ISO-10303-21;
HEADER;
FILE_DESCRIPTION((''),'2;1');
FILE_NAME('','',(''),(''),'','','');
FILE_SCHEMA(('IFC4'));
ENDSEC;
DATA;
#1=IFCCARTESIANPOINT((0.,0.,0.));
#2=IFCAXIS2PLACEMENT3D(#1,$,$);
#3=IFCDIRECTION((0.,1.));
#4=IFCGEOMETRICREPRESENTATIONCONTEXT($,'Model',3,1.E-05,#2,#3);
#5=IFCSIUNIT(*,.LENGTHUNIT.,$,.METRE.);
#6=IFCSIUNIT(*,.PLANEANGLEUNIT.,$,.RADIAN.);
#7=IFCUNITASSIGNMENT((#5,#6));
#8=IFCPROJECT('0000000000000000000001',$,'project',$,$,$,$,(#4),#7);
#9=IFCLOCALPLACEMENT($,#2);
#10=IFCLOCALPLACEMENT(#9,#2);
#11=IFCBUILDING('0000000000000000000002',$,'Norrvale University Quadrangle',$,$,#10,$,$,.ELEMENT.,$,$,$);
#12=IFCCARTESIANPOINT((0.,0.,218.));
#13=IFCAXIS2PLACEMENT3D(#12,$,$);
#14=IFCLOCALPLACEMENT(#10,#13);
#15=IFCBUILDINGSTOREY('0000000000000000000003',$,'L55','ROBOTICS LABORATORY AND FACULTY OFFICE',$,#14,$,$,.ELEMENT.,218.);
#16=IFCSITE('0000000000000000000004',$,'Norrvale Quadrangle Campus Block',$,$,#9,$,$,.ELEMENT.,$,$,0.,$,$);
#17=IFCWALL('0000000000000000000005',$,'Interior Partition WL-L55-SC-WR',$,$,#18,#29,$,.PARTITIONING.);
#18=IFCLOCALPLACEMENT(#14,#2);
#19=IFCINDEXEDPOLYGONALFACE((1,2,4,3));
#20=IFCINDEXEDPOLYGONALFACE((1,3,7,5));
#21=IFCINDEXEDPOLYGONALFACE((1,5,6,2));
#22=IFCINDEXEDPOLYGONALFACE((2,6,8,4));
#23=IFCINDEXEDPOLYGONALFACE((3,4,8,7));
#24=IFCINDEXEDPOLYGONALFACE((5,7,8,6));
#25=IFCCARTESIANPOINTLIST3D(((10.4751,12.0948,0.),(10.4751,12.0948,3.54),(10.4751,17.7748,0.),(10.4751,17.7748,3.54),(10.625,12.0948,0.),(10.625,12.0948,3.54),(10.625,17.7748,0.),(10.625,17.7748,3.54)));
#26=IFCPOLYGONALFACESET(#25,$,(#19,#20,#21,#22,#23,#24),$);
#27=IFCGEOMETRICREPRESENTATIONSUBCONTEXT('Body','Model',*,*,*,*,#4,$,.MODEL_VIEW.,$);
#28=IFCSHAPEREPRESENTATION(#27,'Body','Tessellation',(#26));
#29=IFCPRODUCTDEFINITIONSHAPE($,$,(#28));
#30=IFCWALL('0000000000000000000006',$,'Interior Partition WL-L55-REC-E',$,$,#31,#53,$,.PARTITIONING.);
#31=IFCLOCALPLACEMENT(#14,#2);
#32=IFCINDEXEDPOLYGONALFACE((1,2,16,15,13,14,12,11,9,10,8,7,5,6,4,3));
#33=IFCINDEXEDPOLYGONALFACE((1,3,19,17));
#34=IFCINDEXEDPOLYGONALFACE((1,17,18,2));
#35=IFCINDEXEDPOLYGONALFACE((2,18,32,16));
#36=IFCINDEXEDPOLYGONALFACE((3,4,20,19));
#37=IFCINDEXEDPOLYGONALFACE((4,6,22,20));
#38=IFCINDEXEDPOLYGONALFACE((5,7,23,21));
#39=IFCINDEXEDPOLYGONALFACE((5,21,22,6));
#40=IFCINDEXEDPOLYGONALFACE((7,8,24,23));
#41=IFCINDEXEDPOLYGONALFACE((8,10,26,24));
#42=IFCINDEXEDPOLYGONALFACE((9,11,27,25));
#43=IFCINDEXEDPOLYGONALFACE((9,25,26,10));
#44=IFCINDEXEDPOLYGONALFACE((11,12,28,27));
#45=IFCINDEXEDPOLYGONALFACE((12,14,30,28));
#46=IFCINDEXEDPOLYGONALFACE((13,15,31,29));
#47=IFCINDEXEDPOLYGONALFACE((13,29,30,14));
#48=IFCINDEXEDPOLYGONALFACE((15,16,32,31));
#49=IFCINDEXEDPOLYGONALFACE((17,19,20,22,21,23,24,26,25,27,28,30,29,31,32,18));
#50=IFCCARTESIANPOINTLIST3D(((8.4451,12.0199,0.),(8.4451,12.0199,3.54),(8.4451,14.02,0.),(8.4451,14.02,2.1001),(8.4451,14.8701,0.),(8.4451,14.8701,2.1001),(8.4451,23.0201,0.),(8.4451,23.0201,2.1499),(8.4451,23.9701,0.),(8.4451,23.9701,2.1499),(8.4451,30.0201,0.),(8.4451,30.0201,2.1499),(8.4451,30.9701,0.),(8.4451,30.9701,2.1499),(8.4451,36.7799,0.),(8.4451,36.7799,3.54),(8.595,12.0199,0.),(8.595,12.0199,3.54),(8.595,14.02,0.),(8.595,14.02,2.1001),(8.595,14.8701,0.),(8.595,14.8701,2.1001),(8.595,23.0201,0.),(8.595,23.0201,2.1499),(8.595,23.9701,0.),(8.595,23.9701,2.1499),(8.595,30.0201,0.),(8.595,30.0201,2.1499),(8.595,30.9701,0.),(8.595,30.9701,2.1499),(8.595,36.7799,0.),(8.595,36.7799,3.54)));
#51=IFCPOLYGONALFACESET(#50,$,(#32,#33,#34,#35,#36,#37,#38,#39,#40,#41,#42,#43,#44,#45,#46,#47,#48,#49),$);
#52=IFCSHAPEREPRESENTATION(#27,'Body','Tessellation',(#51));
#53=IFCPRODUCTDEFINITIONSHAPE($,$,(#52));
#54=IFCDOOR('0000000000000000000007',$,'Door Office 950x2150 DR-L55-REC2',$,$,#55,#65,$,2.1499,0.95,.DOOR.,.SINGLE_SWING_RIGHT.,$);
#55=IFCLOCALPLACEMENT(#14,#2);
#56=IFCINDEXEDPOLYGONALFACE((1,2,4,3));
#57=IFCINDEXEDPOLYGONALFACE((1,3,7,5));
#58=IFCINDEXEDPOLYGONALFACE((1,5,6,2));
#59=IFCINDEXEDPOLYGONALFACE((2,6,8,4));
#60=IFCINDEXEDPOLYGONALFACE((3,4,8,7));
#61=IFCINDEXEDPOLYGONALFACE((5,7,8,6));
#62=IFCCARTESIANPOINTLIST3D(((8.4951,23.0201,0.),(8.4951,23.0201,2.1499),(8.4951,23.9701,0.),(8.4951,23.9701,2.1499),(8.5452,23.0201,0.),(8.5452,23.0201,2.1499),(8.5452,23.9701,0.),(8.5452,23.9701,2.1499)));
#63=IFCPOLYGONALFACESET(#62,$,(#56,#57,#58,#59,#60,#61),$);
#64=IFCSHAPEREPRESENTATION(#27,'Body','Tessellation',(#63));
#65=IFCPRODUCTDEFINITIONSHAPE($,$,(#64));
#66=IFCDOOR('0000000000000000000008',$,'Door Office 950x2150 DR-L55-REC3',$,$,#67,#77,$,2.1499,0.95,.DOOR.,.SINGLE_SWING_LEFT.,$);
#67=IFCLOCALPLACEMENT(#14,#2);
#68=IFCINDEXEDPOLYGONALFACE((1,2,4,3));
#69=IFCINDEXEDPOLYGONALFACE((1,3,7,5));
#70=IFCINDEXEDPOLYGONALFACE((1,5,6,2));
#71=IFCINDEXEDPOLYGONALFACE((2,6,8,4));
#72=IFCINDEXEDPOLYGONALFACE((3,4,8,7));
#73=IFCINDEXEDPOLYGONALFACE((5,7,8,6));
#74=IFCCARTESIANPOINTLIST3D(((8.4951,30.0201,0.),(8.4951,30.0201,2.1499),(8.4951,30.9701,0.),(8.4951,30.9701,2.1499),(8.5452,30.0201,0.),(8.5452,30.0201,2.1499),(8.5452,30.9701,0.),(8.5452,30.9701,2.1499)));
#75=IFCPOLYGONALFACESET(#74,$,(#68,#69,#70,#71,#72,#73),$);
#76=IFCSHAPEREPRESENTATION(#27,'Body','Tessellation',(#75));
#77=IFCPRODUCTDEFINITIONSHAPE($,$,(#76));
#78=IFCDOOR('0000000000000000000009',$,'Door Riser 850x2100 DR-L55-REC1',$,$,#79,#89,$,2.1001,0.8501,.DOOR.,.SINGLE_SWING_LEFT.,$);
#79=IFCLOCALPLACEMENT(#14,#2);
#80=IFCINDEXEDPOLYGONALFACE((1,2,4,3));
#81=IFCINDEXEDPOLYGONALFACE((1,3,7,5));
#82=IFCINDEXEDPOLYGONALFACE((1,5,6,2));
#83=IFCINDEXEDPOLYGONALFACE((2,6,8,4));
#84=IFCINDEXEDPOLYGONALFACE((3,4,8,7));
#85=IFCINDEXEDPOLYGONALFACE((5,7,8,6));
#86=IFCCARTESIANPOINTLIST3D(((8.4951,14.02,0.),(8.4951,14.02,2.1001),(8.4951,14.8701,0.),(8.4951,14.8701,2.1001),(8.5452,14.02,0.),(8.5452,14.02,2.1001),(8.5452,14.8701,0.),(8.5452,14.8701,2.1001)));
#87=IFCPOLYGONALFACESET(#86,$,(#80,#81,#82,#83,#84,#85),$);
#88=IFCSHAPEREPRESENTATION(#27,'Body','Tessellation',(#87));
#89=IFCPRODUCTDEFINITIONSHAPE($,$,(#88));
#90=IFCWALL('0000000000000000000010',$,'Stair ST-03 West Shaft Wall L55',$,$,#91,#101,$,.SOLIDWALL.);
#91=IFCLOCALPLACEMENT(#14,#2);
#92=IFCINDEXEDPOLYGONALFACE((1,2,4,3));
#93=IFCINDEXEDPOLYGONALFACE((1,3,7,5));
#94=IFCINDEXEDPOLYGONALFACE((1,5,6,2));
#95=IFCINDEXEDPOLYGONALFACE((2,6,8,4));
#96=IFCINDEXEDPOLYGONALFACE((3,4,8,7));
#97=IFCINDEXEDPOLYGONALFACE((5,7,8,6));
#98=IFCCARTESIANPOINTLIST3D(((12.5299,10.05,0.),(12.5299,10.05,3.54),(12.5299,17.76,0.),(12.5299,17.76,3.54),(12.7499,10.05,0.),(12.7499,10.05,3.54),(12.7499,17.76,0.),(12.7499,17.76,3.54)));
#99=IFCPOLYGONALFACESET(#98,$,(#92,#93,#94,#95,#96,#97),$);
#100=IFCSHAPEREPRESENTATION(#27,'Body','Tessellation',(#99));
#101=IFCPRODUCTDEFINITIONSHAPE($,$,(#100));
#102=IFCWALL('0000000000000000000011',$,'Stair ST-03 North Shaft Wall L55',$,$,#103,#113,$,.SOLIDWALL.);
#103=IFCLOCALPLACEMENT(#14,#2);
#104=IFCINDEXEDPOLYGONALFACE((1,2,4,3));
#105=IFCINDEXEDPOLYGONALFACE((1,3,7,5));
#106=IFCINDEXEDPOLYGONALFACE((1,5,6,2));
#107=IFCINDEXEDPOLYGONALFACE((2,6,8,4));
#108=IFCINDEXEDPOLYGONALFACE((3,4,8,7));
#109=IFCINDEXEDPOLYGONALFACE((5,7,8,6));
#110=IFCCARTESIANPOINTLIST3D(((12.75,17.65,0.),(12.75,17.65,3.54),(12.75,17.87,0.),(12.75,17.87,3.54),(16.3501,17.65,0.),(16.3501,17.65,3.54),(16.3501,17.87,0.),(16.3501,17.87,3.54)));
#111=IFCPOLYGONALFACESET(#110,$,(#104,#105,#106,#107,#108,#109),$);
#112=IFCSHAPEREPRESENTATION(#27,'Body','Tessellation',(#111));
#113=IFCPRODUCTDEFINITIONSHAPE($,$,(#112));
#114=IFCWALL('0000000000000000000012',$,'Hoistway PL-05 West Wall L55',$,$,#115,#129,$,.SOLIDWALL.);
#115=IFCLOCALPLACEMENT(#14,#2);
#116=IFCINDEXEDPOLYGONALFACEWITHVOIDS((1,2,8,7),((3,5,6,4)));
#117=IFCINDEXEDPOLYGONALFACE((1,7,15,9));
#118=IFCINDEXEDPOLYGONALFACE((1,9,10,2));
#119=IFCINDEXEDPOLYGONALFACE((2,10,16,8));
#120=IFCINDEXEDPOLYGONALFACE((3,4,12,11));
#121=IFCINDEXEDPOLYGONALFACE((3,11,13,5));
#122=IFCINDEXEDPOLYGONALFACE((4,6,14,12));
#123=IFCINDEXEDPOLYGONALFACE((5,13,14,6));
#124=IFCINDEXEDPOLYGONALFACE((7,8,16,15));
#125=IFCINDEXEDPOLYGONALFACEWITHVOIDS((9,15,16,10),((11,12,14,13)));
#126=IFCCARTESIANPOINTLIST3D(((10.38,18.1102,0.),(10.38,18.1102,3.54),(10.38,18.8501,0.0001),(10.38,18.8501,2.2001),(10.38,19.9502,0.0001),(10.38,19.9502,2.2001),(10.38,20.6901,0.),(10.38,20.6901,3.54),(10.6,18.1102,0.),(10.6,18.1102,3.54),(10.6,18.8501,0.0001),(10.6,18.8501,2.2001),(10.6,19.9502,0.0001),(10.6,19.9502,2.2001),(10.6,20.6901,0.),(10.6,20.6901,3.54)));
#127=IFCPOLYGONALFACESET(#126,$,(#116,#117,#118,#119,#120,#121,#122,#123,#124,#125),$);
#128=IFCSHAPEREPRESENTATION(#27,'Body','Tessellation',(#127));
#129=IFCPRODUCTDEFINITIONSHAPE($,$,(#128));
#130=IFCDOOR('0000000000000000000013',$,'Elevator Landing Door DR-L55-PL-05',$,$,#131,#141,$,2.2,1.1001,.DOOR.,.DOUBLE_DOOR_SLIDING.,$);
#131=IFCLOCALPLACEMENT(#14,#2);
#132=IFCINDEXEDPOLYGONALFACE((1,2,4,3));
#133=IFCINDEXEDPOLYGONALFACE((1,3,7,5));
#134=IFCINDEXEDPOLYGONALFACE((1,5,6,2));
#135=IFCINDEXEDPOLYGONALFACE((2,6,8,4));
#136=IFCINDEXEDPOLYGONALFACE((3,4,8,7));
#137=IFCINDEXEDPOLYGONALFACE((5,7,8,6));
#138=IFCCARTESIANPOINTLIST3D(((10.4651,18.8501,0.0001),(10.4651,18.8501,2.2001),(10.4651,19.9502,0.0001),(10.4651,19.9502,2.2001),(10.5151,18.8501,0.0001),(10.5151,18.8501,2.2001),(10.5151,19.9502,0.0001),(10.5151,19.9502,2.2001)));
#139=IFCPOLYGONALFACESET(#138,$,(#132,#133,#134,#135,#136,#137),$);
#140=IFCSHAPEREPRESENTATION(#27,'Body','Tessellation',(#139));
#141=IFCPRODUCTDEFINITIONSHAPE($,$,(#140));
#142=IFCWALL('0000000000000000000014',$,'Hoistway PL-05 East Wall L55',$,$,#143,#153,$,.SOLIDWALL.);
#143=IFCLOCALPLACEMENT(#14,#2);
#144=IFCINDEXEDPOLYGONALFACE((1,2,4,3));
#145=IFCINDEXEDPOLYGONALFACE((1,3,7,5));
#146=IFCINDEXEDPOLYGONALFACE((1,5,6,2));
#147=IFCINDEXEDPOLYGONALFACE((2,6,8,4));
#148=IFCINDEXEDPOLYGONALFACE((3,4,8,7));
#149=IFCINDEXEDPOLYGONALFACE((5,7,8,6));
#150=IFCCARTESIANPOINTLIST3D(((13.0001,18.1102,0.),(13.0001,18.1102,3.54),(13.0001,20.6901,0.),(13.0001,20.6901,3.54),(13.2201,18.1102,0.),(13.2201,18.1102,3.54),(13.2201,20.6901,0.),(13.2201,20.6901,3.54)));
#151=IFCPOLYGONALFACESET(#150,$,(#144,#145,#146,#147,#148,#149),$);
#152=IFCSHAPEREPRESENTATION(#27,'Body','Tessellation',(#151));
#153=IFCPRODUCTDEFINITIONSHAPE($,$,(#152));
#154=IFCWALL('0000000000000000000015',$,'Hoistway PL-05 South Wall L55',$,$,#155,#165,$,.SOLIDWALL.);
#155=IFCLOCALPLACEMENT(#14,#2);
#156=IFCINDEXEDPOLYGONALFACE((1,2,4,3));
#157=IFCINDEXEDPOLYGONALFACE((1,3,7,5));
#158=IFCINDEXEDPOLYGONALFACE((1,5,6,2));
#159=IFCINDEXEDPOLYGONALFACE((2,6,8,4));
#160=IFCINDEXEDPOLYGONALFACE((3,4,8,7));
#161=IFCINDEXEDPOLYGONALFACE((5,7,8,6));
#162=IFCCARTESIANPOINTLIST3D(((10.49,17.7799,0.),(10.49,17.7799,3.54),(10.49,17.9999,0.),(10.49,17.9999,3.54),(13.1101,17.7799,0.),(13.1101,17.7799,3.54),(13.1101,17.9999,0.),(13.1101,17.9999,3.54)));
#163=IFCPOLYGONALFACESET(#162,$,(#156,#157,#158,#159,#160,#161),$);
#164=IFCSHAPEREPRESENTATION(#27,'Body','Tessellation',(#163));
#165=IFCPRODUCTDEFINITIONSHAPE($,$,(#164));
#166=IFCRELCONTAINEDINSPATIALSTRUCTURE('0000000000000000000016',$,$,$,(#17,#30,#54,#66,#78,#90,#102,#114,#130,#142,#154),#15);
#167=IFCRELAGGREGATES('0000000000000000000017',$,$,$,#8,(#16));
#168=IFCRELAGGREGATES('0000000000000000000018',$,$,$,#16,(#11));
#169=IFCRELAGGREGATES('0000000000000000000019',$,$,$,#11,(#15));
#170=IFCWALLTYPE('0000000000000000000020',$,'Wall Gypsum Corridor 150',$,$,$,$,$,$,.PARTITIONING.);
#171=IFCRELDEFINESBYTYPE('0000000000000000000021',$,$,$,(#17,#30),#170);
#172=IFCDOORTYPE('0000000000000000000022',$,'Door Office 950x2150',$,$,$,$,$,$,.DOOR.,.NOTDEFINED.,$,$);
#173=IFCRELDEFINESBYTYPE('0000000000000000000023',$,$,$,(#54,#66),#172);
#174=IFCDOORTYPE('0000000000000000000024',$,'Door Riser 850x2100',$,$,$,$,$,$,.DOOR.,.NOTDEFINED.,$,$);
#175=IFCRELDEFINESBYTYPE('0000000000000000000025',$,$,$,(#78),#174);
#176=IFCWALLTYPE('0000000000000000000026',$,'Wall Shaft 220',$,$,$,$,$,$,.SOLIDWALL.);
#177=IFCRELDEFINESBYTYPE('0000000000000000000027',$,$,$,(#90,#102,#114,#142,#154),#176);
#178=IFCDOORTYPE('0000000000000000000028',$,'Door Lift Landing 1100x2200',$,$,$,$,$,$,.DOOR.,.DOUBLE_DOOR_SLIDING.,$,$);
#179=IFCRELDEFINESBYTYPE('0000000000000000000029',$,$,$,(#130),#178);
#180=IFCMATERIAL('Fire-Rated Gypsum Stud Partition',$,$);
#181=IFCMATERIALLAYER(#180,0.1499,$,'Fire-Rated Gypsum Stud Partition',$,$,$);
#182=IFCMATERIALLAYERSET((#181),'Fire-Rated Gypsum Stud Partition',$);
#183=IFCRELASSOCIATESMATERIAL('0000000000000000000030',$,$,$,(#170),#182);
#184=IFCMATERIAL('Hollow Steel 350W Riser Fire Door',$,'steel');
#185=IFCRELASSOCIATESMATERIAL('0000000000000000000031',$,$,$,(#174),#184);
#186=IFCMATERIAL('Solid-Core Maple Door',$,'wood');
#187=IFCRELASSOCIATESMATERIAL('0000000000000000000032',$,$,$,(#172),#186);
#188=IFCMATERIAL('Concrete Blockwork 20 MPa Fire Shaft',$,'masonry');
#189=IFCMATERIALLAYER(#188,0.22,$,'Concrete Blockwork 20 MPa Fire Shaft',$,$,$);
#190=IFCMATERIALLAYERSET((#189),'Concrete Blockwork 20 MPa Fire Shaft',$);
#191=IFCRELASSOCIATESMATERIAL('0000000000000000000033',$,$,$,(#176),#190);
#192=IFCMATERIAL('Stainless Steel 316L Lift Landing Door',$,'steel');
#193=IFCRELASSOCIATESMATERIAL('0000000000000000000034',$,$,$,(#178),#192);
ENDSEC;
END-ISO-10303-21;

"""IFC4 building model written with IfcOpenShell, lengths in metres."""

from ifc_helpers import new_model, si_unit, direction, frame, frame_2d, origin, place, context, subcontext, project, spatial, rectangle, extrude, material, layer, layer_set, type_object, element, fill, save


model = new_model("IFC4")

# Units and contexts
model_context = context("Model", 3, precision=1e-05, world=origin(), true_north=direction((0.0, 1.0)))
body_context = subcontext(model_context, "Body", "Model", "MODEL_VIEW")
ifc_project = project(units=[si_unit("LENGTHUNIT", "METRE"), si_unit("PLANEANGLEUNIT", "RADIAN")], contexts=[model_context])

# Site, building, storey
site_placement = place(None, origin())
site = spatial("IfcSite", under=ifc_project, at=site_placement, Name="Norrvale Quadrangle Campus Block", CompositionType="ELEMENT", RefElevation=0.0)
building_placement = place(site_placement, origin())
building = spatial("IfcBuilding", under=site, at=building_placement, Name="Norrvale University Quadrangle", CompositionType="ELEMENT")
storey_placement = place(building_placement, frame((0.0, 0.0, 218.0)))
storey = spatial("IfcBuildingStorey", under=building, at=storey_placement, Name="L55", Description="ROBOTICS LABORATORY AND FACULTY OFFICE", CompositionType="ELEMENT", Elevation=218.0)

# Shared definitions
ifc_material_1 = material(Name="Fire-Rated Gypsum Stud Partition")
ifc_layer_1 = layer(ifc_material_1, 0.1499, Name="Fire-Rated Gypsum Stud Partition")
ifc_layer_set_1 = layer_set([ifc_layer_1], Name="Fire-Rated Gypsum Stud Partition")
wall_type_1 = type_object("IfcWallType", Name="Wall Gypsum Corridor 150", PredefinedType="PARTITIONING", material=ifc_layer_set_1)
ifc_material_2 = material(Name="Hollow Steel 350W Riser Fire Door", Category="steel")
door_type_1 = type_object("IfcDoorType", Name="Door Riser 850x2100", OperationType="NOTDEFINED", PredefinedType="DOOR", material=ifc_material_2)

# Wall
wall_1_placement = place(storey_placement, frame((10.55, 12.095, 0.0), z_axis=(0.0, 0.0, 1.0), x_axis=(0.0, 1.0, 0.0)))
element("IfcWall", 1, at=wall_1_placement, inside=storey, type_object=wall_type_1, Name="Interior Partition WL-L55-SC-WR", PredefinedType="PARTITIONING", context=body_context, shape_type="SweptSolid", body=[
    extrude(rectangle(XDim=5.6799, YDim=0.1499, at=frame_2d((2.8398, 0.0))), origin(), (0.0, 0.0, 1.0), 3.54),
])

# Wall, openings, doors
wall_2_placement = place(storey_placement, frame((8.52, 12.02, 0.0), z_axis=(0.0, 0.0, 1.0), x_axis=(0.0, 1.0, 0.0)))
wall_2 = element("IfcWall", 2, at=wall_2_placement, inside=storey, type_object=wall_type_1, Name="Interior Partition WL-L55-REC-E", PredefinedType="PARTITIONING", context=body_context, shape_type="SweptSolid", body=[
    extrude(rectangle(XDim=24.76, YDim=0.1499, at=frame_2d((12.3799, 0.0))), origin(), (0.0, 0.0, 1.0), 3.54),
])
opening_1_placement = place(wall_2_placement, frame((2.0, 0.0, 0.0)))
opening_1 = element("IfcOpeningElement", 3, at=opening_1_placement, cuts=wall_2, PredefinedType="OPENING", context=body_context, shape_type="SweptSolid", body=[
    extrude(rectangle(XDim=0.8501, YDim=2.1001, at=frame_2d((0.425, 1.05))), frame((0.0, 0.0869, 0.0), z_axis=(0.0, -1.0, 0.0), x_axis=(1.0, 0.0, 0.0)), (0.0, 0.0, 1.0), 0.1738),
])
opening_2_placement = place(wall_2_placement, frame((11.0, 0.0, 0.0)))
opening_2 = element("IfcOpeningElement", 4, at=opening_2_placement, cuts=wall_2, PredefinedType="OPENING", context=body_context, shape_type="SweptSolid", body=[
    extrude(rectangle(XDim=0.95, YDim=2.1499, at=frame_2d((0.4751, 1.075))), frame((0.0, 0.0869, 0.0), z_axis=(0.0, -1.0, 0.0), x_axis=(1.0, 0.0, 0.0)), (0.0, 0.0, 1.0), 0.1738),
])
opening_3_placement = place(wall_2_placement, frame((18.0, 0.0, 0.0)))
opening_3 = element("IfcOpeningElement", 5, at=opening_3_placement, cuts=wall_2, PredefinedType="OPENING", context=body_context, shape_type="SweptSolid", body=[
    extrude(rectangle(XDim=0.95, YDim=2.1499, at=frame_2d((0.4751, 1.075))), frame((0.0, 0.0869, 0.0), z_axis=(0.0, -1.0, 0.0), x_axis=(1.0, 0.0, 0.0)), (0.0, 0.0, 1.0), 0.1738),
])
ifc_material_3 = material(Name="Solid-Core Maple Door", Category="wood")
door_type_2 = type_object("IfcDoorType", Name="Door Office 950x2150", OperationType="NOTDEFINED", PredefinedType="DOOR", material=ifc_material_3)
door_1_placement = place(opening_2_placement, origin())
door_1 = element("IfcDoor", 6, at=door_1_placement, inside=storey, type_object=door_type_2, Name="Door Office 950x2150 DR-L55-REC2", OperationType="SINGLE_SWING_RIGHT", OverallHeight=2.1499, OverallWidth=0.95, PredefinedType="DOOR", context=body_context, shape_type="SweptSolid", body=[
    extrude(rectangle(XDim=0.95, YDim=2.1499, at=frame_2d((0.4751, 1.075))), frame((0.0, 0.0249, 0.0), z_axis=(0.0, -1.0, 0.0), x_axis=(1.0, 0.0, 0.0)), (0.0, 0.0, 1.0), 0.05),
])
fill(opening_2, door_1)
door_2_placement = place(opening_3_placement, origin())
door_2 = element("IfcDoor", 7, at=door_2_placement, inside=storey, type_object=door_type_2, Name="Door Office 950x2150 DR-L55-REC3", OperationType="SINGLE_SWING_LEFT", OverallHeight=2.1499, OverallWidth=0.95, PredefinedType="DOOR", context=body_context, shape_type="SweptSolid", body=[
    extrude(rectangle(XDim=0.95, YDim=2.1499, at=frame_2d((0.4751, 1.075))), frame((0.0, 0.0249, 0.0), z_axis=(0.0, -1.0, 0.0), x_axis=(1.0, 0.0, 0.0)), (0.0, 0.0, 1.0), 0.05),
])
fill(opening_3, door_2)
door_3_placement = place(opening_1_placement, origin())
door_3 = element("IfcDoor", 8, at=door_3_placement, inside=storey, type_object=door_type_1, Name="Door Riser 850x2100 DR-L55-REC1", OperationType="SINGLE_SWING_LEFT", OverallHeight=2.1001, OverallWidth=0.8501, PredefinedType="DOOR", context=body_context, shape_type="SweptSolid", body=[
    extrude(rectangle(XDim=0.8501, YDim=2.1001, at=frame_2d((0.425, 1.05))), frame((0.0, 0.0249, 0.0), z_axis=(0.0, -1.0, 0.0), x_axis=(1.0, 0.0, 0.0)), (0.0, 0.0, 1.0), 0.05),
])
fill(opening_1, door_3)

# Walls
ifc_material_4 = material(Name="Concrete Blockwork 20 MPa Fire Shaft", Category="masonry")
ifc_layer_2 = layer(ifc_material_4, 0.22, Name="Concrete Blockwork 20 MPa Fire Shaft")
ifc_layer_set_2 = layer_set([ifc_layer_2], Name="Concrete Blockwork 20 MPa Fire Shaft")
wall_type_2 = type_object("IfcWallType", Name="Wall Shaft 220", PredefinedType="SOLIDWALL", material=ifc_layer_set_2)
wall_3_placement = place(storey_placement, frame((12.6399, 10.05, 0.0), z_axis=(0.0, 0.0, 1.0), x_axis=(0.0, 1.0, 0.0)))
element("IfcWall", 9, at=wall_3_placement, inside=storey, type_object=wall_type_2, Name="Stair ST-03 West Shaft Wall L55", PredefinedType="SOLIDWALL", context=body_context, shape_type="SweptSolid", body=[
    extrude(rectangle(XDim=7.71, YDim=0.22, at=frame_2d((3.855, 0.0))), origin(), (0.0, 0.0, 1.0), 3.54),
])
wall_4_placement = place(storey_placement, frame((12.75, 17.76, 0.0), z_axis=(0.0, 0.0, 1.0), x_axis=(1.0, 0.0, 0.0)))
element("IfcWall", 10, at=wall_4_placement, inside=storey, type_object=wall_type_2, Name="Stair ST-03 North Shaft Wall L55", PredefinedType="SOLIDWALL", context=body_context, shape_type="SweptSolid", body=[
    extrude(rectangle(XDim=3.6001, YDim=0.22, at=frame_2d((1.8, 0.0))), origin(), (0.0, 0.0, 1.0), 3.54),
])

# Wall, opening, door
wall_5_placement = place(storey_placement, frame((10.49, 18.1101, 0.0), z_axis=(0.0, 0.0, 1.0), x_axis=(0.0, 1.0, 0.0)))
wall_5 = element("IfcWall", 11, at=wall_5_placement, inside=storey, type_object=wall_type_2, Name="Hoistway PL-05 West Wall L55", PredefinedType="SOLIDWALL", context=body_context, shape_type="SweptSolid", body=[
    extrude(rectangle(XDim=2.5798, YDim=0.22, at=frame_2d((1.29, 0.0))), origin(), (0.0, 0.0, 1.0), 3.54),
])
opening_4_placement = place(wall_5_placement, frame((0.74, 0.0, 0.0)))
opening_4 = element("IfcOpeningElement", 12, at=opening_4_placement, cuts=wall_5, PredefinedType="OPENING", context=body_context, shape_type="SweptSolid", body=[
    extrude(rectangle(XDim=1.1001, YDim=2.2, at=frame_2d((0.55, 1.1001))), frame((0.0, 0.1221, 0.0), z_axis=(0.0, -1.0, 0.0), x_axis=(1.0, 0.0, 0.0)), (0.0, 0.0, 1.0), 0.2439),
])
ifc_material_5 = material(Name="Stainless Steel 316L Lift Landing Door", Category="steel")
door_type_3 = type_object("IfcDoorType", Name="Door Lift Landing 1100x2200", OperationType="DOUBLE_DOOR_SLIDING", PredefinedType="DOOR", material=ifc_material_5)
door_4_placement = place(opening_4_placement, origin())
door_4 = element("IfcDoor", 13, at=door_4_placement, inside=storey, type_object=door_type_3, Name="Elevator Landing Door DR-L55-PL-05", OperationType="DOUBLE_DOOR_SLIDING", OverallHeight=2.2, OverallWidth=1.1001, PredefinedType="DOOR", context=body_context, shape_type="SweptSolid", body=[
    extrude(rectangle(XDim=1.1001, YDim=2.2, at=frame_2d((0.55, 1.1001))), frame((0.0, 0.0249, 0.0), z_axis=(0.0, -1.0, 0.0), x_axis=(1.0, 0.0, 0.0)), (0.0, 0.0, 1.0), 0.05),
])
fill(opening_4, door_4)

# Walls
wall_6_placement = place(storey_placement, frame((13.1101, 18.1101, 0.0), z_axis=(0.0, 0.0, 1.0), x_axis=(0.0, 1.0, 0.0)))
element("IfcWall", 14, at=wall_6_placement, inside=storey, type_object=wall_type_2, Name="Hoistway PL-05 East Wall L55", PredefinedType="SOLIDWALL", context=body_context, shape_type="SweptSolid", body=[
    extrude(rectangle(XDim=2.5798, YDim=0.22, at=frame_2d((1.29, 0.0))), origin(), (0.0, 0.0, 1.0), 3.54),
])
wall_7_placement = place(storey_placement, frame((10.49, 17.8899, 0.0), z_axis=(0.0, 0.0, 1.0), x_axis=(1.0, 0.0, 0.0)))
element("IfcWall", 15, at=wall_7_placement, inside=storey, type_object=wall_type_2, Name="Hoistway PL-05 South Wall L55", PredefinedType="SOLIDWALL", context=body_context, shape_type="SweptSolid", body=[
    extrude(rectangle(XDim=2.6201, YDim=0.22, at=frame_2d((1.3101, 0.0))), origin(), (0.0, 0.0, 1.0), 3.54),
])

save(model, "model.ifc")
